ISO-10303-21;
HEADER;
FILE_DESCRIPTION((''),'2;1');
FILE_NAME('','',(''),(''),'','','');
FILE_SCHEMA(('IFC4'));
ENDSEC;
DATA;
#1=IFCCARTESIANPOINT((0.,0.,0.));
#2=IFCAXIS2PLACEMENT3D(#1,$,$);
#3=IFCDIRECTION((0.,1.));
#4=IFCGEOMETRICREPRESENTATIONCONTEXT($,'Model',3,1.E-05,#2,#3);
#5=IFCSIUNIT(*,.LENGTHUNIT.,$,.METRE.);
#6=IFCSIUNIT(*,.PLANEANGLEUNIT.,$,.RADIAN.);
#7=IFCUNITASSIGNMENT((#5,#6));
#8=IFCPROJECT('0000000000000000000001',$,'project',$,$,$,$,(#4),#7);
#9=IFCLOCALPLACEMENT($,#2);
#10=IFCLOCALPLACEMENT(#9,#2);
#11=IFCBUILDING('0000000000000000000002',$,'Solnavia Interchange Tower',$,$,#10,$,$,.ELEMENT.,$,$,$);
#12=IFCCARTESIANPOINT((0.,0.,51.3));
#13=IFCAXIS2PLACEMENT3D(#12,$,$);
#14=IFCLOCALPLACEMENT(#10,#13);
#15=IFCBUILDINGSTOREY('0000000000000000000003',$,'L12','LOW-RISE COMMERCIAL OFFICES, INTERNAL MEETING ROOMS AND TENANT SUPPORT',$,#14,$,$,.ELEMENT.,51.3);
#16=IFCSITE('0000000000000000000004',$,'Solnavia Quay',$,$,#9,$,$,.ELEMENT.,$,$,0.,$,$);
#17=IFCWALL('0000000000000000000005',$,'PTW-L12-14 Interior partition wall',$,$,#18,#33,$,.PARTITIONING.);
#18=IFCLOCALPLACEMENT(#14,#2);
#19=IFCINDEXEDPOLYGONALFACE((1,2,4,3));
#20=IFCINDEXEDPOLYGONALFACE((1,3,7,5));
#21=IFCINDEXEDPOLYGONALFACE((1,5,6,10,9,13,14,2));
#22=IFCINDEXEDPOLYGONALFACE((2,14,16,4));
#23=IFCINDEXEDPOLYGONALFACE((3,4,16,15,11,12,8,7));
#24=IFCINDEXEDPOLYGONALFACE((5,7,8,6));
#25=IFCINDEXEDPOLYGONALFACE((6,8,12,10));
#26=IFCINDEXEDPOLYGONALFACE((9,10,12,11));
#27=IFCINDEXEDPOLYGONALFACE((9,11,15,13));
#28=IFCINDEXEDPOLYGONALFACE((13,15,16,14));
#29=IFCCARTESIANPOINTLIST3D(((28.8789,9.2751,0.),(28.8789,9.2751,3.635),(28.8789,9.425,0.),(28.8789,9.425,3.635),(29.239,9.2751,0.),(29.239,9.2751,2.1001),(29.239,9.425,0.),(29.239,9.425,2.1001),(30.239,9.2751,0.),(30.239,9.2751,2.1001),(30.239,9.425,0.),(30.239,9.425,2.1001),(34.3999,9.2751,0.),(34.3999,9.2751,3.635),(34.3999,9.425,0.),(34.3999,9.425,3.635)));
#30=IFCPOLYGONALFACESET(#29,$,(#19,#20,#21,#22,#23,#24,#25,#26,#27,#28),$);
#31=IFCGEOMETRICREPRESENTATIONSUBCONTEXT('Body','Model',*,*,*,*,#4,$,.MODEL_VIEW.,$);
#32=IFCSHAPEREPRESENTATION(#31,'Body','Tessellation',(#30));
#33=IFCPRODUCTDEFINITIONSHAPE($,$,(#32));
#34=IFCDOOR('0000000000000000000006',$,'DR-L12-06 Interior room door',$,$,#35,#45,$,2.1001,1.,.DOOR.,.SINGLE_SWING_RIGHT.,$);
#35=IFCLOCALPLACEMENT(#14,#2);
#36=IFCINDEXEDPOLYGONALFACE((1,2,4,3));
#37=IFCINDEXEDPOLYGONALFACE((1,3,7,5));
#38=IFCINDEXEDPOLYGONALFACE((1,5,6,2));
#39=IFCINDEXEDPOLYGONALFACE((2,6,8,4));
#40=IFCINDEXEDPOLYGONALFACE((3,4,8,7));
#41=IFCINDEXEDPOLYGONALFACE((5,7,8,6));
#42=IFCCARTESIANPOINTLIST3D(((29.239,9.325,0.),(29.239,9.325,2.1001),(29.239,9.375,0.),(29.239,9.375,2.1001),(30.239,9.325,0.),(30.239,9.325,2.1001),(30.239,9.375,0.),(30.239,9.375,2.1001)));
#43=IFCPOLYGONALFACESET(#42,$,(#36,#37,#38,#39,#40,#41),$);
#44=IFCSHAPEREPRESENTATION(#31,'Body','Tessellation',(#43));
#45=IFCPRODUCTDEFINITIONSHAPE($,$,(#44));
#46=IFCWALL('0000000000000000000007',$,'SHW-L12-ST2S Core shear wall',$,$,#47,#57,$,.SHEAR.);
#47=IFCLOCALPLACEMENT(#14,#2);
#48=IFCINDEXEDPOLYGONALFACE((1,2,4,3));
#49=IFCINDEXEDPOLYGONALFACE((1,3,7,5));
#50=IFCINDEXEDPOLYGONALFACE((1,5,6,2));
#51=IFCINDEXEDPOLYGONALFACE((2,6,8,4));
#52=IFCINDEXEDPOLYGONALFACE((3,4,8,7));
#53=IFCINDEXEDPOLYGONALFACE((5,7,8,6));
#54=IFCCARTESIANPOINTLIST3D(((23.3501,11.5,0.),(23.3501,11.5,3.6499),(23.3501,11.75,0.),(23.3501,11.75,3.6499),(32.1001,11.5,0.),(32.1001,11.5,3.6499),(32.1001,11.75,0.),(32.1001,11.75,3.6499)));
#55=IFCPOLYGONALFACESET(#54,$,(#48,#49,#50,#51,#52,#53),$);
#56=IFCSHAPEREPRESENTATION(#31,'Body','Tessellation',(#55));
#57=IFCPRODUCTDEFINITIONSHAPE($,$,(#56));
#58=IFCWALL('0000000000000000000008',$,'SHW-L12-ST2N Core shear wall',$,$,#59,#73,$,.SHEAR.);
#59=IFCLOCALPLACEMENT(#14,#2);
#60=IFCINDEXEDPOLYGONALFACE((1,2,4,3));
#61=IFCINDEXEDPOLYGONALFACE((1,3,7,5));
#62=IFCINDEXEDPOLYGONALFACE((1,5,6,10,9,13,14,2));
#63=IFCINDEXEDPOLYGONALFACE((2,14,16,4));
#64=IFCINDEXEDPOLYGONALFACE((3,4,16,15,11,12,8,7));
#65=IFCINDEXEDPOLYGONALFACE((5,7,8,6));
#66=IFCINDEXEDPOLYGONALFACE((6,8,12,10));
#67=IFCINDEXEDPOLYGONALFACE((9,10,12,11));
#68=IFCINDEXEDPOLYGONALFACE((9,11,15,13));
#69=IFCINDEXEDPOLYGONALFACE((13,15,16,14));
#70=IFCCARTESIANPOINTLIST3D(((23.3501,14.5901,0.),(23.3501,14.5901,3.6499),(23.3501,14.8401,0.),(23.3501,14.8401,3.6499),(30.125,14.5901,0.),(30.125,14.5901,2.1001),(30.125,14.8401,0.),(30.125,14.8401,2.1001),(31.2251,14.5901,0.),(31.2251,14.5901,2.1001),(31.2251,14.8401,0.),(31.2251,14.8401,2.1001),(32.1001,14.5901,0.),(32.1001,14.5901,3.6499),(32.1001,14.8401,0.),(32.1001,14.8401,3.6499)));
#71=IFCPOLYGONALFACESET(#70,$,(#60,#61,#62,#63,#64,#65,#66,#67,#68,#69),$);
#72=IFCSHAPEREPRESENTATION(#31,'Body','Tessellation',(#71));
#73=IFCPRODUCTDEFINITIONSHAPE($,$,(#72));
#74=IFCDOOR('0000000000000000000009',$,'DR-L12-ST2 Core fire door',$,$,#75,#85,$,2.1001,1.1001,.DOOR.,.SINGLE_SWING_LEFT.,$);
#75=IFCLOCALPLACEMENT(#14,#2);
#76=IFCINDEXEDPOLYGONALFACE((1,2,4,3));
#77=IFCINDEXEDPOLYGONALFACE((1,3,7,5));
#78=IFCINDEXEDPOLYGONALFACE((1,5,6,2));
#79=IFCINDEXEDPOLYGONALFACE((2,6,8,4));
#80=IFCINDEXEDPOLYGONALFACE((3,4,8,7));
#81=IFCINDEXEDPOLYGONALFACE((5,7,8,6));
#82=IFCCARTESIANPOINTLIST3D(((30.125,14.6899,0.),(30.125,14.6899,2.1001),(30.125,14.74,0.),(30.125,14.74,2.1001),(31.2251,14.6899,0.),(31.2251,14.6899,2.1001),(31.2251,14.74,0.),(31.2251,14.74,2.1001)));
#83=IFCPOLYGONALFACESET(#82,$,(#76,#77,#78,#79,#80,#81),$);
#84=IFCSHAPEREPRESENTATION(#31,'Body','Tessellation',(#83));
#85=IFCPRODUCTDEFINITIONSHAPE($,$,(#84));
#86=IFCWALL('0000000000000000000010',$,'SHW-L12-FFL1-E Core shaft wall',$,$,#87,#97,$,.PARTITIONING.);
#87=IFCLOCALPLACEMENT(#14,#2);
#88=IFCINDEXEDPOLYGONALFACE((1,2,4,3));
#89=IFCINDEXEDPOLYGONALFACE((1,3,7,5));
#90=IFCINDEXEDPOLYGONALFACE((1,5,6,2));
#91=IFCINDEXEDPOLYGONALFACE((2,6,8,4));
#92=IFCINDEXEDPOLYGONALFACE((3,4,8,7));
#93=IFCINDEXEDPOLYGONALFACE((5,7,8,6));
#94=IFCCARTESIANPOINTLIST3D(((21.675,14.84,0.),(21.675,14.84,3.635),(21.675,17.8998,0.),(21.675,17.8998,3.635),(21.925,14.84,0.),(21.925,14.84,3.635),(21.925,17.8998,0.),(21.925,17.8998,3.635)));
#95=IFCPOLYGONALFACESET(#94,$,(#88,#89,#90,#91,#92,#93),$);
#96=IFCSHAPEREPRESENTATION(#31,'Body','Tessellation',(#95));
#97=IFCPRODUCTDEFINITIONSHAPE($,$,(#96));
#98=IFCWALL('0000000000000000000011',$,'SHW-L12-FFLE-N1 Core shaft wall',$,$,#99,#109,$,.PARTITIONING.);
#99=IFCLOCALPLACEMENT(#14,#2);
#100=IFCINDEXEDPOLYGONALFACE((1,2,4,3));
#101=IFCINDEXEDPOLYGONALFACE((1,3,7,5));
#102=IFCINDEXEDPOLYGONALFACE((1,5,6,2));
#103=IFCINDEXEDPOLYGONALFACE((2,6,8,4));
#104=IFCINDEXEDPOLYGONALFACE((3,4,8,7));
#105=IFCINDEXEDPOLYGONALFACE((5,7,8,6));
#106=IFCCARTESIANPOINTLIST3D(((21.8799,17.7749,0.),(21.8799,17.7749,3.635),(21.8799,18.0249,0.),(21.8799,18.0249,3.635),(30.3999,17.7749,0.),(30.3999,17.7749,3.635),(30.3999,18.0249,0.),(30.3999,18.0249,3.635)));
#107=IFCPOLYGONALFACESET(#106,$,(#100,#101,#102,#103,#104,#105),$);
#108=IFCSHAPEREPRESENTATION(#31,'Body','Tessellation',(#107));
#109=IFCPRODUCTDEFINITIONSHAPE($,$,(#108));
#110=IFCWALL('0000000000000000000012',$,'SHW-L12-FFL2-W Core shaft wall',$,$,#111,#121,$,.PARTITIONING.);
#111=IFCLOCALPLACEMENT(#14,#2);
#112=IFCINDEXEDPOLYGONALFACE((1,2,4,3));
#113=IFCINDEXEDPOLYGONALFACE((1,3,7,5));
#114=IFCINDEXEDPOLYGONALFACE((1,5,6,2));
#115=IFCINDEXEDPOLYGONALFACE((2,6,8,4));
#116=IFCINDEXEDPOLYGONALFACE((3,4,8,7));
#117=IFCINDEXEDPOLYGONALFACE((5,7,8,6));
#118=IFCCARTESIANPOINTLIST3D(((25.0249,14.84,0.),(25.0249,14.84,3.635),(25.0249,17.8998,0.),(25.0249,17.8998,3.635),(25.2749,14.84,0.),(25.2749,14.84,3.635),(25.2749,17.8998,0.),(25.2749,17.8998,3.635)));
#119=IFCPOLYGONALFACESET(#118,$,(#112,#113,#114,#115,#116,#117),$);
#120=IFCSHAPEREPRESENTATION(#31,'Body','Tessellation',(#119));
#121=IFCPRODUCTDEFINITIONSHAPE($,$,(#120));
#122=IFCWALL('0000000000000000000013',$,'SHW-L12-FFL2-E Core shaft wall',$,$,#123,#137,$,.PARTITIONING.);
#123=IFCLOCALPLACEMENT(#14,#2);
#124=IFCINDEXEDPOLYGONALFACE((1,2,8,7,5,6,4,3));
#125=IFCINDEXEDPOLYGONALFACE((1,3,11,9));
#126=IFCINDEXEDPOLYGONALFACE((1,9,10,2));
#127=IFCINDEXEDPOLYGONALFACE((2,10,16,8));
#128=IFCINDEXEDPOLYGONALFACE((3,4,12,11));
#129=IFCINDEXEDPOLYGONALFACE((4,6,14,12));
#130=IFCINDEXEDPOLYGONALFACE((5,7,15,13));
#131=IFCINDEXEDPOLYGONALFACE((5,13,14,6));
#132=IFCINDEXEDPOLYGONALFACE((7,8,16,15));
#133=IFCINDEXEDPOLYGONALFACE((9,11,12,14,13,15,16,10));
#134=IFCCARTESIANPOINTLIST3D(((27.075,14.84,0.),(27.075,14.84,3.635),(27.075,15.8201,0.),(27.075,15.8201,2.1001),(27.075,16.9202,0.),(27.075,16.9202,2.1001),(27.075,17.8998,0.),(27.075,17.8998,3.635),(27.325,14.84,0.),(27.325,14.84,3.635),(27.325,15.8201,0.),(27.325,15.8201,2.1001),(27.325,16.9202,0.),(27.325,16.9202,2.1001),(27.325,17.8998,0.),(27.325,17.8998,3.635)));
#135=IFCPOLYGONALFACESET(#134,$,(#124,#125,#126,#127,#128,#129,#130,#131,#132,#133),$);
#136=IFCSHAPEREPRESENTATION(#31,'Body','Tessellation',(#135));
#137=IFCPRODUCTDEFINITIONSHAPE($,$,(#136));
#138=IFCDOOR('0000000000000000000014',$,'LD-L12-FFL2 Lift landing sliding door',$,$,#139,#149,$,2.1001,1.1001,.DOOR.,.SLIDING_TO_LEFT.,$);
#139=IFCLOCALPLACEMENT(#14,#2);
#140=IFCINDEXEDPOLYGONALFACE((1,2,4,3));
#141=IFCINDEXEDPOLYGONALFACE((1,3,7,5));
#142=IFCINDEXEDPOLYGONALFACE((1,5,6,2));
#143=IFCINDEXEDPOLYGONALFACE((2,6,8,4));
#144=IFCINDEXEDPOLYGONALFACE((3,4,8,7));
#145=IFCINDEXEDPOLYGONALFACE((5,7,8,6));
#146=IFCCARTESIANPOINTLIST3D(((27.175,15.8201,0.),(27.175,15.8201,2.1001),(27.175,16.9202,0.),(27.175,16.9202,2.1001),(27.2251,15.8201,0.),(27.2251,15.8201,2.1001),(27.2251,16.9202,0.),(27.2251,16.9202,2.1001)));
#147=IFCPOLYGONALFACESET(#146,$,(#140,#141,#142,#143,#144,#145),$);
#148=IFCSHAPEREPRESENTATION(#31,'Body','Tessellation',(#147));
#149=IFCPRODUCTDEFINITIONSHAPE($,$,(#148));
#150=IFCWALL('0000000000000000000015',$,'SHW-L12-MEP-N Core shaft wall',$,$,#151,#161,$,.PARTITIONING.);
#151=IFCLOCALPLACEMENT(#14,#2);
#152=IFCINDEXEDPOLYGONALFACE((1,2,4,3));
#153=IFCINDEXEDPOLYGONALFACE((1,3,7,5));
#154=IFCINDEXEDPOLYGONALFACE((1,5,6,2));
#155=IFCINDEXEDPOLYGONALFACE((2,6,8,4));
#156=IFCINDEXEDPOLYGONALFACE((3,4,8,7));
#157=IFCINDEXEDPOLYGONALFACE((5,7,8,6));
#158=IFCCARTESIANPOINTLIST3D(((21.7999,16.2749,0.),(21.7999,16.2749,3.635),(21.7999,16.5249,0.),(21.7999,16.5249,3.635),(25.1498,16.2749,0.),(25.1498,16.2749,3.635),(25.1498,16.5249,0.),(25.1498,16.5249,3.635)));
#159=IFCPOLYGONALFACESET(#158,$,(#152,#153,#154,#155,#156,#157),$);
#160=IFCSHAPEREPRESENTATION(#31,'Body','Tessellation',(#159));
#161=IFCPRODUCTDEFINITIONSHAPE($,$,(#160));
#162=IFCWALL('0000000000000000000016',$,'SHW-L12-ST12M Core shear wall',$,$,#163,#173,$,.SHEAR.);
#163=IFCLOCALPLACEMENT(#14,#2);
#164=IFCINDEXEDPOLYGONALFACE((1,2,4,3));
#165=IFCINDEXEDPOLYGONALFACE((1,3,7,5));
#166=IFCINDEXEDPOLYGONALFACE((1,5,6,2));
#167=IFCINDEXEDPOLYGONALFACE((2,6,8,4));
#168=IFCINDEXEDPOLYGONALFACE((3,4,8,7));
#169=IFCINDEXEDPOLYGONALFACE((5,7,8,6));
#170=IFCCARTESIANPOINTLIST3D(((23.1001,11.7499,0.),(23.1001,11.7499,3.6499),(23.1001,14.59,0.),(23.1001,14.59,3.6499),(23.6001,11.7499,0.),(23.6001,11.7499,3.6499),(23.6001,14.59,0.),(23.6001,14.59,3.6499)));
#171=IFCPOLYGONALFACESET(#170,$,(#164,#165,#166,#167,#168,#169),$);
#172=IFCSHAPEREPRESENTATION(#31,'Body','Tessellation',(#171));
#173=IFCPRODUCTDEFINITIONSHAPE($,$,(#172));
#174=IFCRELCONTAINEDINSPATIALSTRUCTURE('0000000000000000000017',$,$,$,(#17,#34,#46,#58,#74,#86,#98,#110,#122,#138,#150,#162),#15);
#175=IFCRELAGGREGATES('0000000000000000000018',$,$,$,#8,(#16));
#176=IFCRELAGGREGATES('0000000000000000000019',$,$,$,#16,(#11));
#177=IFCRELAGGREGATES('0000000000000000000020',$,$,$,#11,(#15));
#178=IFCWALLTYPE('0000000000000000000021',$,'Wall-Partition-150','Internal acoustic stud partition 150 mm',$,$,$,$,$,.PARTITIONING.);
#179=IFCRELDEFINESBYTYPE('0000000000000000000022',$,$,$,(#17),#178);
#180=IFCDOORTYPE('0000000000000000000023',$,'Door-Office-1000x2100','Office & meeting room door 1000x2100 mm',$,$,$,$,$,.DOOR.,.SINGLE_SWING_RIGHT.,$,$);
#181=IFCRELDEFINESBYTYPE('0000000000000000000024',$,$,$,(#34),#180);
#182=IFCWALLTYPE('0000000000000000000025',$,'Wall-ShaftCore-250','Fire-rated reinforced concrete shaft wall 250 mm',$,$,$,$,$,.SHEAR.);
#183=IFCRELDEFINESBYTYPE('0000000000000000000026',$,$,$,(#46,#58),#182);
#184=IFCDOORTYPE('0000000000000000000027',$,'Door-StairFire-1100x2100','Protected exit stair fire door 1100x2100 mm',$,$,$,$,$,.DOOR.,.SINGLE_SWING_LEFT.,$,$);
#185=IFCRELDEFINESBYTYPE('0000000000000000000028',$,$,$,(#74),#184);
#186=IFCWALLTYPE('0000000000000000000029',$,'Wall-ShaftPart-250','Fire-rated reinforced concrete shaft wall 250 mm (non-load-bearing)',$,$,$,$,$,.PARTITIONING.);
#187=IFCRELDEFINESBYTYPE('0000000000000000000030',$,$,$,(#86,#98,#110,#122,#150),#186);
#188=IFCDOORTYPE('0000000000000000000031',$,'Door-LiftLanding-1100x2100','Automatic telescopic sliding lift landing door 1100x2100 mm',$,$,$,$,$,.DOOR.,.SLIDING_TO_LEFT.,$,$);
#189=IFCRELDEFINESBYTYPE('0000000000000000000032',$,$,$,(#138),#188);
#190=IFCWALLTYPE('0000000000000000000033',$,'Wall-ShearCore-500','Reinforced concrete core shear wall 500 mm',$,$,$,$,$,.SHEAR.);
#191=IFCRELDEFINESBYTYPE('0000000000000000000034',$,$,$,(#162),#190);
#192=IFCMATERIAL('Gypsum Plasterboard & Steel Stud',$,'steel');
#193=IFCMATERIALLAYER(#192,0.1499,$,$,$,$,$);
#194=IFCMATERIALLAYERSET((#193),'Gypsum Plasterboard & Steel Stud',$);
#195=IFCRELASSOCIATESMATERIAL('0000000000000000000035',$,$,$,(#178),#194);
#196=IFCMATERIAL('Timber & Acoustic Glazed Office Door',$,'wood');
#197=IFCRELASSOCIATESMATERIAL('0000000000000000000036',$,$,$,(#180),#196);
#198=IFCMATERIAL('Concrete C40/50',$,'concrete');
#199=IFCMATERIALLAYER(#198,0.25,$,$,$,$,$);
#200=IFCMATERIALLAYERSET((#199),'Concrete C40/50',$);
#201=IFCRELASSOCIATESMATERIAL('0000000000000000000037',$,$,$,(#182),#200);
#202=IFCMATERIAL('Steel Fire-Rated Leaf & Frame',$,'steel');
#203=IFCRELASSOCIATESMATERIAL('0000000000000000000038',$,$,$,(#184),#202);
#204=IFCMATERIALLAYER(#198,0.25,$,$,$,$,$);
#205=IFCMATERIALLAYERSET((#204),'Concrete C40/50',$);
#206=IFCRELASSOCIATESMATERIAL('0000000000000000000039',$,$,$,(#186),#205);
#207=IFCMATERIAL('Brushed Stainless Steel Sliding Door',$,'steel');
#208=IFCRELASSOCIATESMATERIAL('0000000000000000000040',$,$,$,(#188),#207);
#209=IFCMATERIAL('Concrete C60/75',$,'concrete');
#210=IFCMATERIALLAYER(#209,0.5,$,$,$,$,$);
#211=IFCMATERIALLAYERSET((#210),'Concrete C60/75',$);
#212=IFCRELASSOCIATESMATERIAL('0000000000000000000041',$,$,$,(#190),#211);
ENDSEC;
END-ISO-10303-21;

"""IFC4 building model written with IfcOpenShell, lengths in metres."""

from ifc_helpers import new_model, si_unit, direction, frame, frame_2d, origin, place, context, subcontext, project, spatial, rectangle, extrude, material, layer, layer_set, type_object, element, fill, save


model = new_model("IFC4")

# Units and contexts
model_context = context("Model", 3, precision=1e-05, world=origin(), true_north=direction((0.0, 1.0)))
body_context = subcontext(model_context, "Body", "Model", "MODEL_VIEW")
ifc_project = project(units=[si_unit("LENGTHUNIT", "METRE"), si_unit("PLANEANGLEUNIT", "RADIAN")], contexts=[model_context])

# Site, building, storey
site_placement = place(None, origin())
site = spatial("IfcSite", under=ifc_project, at=site_placement, Name="Solnavia Quay", CompositionType="ELEMENT", RefElevation=0.0)
building_placement = place(site_placement, origin())
building = spatial("IfcBuilding", under=site, at=building_placement, Name="Solnavia Interchange Tower", CompositionType="ELEMENT")
storey_placement = place(building_placement, frame((0.0, 0.0, 51.3)))
storey = spatial("IfcBuildingStorey", under=building, at=storey_placement, Name="L12", Description="LOW-RISE COMMERCIAL OFFICES, INTERNAL MEETING ROOMS AND TENANT SUPPORT", CompositionType="ELEMENT", Elevation=51.3)

# Shared definitions
ifc_material_1 = material(Name="Concrete C60/75", Category="concrete")

# Shared definitions
ifc_material_2 = material(Name="Concrete C40/50", Category="concrete")

# Shared definitions
ifc_material_3 = material(Name="Gypsum Plasterboard & Steel Stud", Category="steel")
ifc_layer_1 = layer(ifc_material_3, 0.1499)
ifc_layer_set_1 = layer_set([ifc_layer_1], Name="Gypsum Plasterboard & Steel Stud")
wall_type_1 = type_object("IfcWallType", Name="Wall-Partition-150", Description="Internal acoustic stud partition 150 mm", PredefinedType="PARTITIONING", material=ifc_layer_set_1)

# Wall, opening, door
wall_1_placement = place(storey_placement, frame((28.8789, 9.3501, 0.0), z_axis=(0.0, 0.0, 1.0), x_axis=(1.0, 0.0, 0.0)))
wall_1 = element("IfcWall", 1, at=wall_1_placement, inside=storey, type_object=wall_type_1, Name="PTW-L12-14 Interior partition wall", PredefinedType="PARTITIONING", context=body_context, shape_type="SweptSolid", body=[
    extrude(rectangle(XDim=5.521, YDim=0.1499, at=frame_2d((2.7605, 0.0))), origin(), (0.0, 0.0, 1.0), 3.635),
])
opening_1_placement = place(wall_1_placement, frame((0.3601, 0.0, 0.0)))
opening_1 = element("IfcOpeningElement", 2, at=opening_1_placement, cuts=wall_1, PredefinedType="OPENING", context=body_context, shape_type="SweptSolid", body=[
    extrude(rectangle(XDim=1.0, YDim=2.1001, at=frame_2d((0.5, 1.05))), frame((0.0, 0.085, 0.0), z_axis=(0.0, -1.0, 0.0), x_axis=(1.0, 0.0, 0.0)), (0.0, 0.0, 1.0), 0.1699),
])
ifc_material_4 = material(Name="Timber & Acoustic Glazed Office Door", Category="wood")
door_type_1 = type_object("IfcDoorType", Name="Door-Office-1000x2100", Description="Office & meeting room door 1000x2100 mm", OperationType="SINGLE_SWING_RIGHT", PredefinedType="DOOR", material=ifc_material_4)
door_1_placement = place(opening_1_placement, origin())
door_1 = element("IfcDoor", 3, at=door_1_placement, inside=storey, type_object=door_type_1, Name="DR-L12-06 Interior room door", OperationType="SINGLE_SWING_RIGHT", OverallHeight=2.1001, OverallWidth=1.0, PredefinedType="DOOR", context=body_context, shape_type="SweptSolid", body=[
    extrude(rectangle(XDim=1.0, YDim=2.1001, at=frame_2d((0.5, 1.05))), frame((0.0, 0.0249, 0.0), z_axis=(0.0, -1.0, 0.0), x_axis=(1.0, 0.0, 0.0)), (0.0, 0.0, 1.0), 0.05),
])
fill(opening_1, door_1)

# Wall
ifc_layer_2 = layer(ifc_material_2, 0.25)
ifc_layer_set_2 = layer_set([ifc_layer_2], Name="Concrete C40/50")
wall_type_2 = type_object("IfcWallType", Name="Wall-ShaftCore-250", Description="Fire-rated reinforced concrete shaft wall 250 mm", PredefinedType="SHEAR", material=ifc_layer_set_2)
wall_2_placement = place(storey_placement, frame((23.3501, 11.625, 0.0), z_axis=(0.0, 0.0, 1.0), x_axis=(1.0, 0.0, 0.0)))
element("IfcWall", 4, at=wall_2_placement, inside=storey, type_object=wall_type_2, Name="SHW-L12-ST2S Core shear wall", PredefinedType="SHEAR", context=body_context, shape_type="SweptSolid", body=[
    extrude(rectangle(XDim=8.75, YDim=0.25, at=frame_2d((4.375, 0.0))), origin(), (0.0, 0.0, 1.0), 3.6499),
])

# Wall, opening, door
wall_3_placement = place(storey_placement, frame((23.3501, 14.7151, 0.0), z_axis=(0.0, 0.0, 1.0), x_axis=(1.0, 0.0, 0.0)))
wall_3 = element("IfcWall", 5, at=wall_3_placement, inside=storey, type_object=wall_type_2, Name="SHW-L12-ST2N Core shear wall", PredefinedType="SHEAR", context=body_context, shape_type="SweptSolid", body=[
    extrude(rectangle(XDim=8.75, YDim=0.25, at=frame_2d((4.375, 0.0))), origin(), (0.0, 0.0, 1.0), 3.6499),
])
opening_2_placement = place(wall_3_placement, frame((6.7749, 0.0, 0.0)))
opening_2 = element("IfcOpeningElement", 6, at=opening_2_placement, cuts=wall_3, PredefinedType="OPENING", context=body_context, shape_type="SweptSolid", body=[
    extrude(rectangle(XDim=1.1001, YDim=2.1001, at=frame_2d((0.55, 1.05))), frame((0.0, 0.135, 0.0), z_axis=(0.0, -1.0, 0.0), x_axis=(1.0, 0.0, 0.0)), (0.0, 0.0, 1.0), 0.27),
])
ifc_material_5 = material(Name="Steel Fire-Rated Leaf & Frame", Category="steel")
door_type_2 = type_object("IfcDoorType", Name="Door-StairFire-1100x2100", Description="Protected exit stair fire door 1100x2100 mm", OperationType="SINGLE_SWING_LEFT", PredefinedType="DOOR", material=ifc_material_5)
door_2_placement = place(opening_2_placement, origin())
door_2 = element("IfcDoor", 7, at=door_2_placement, inside=storey, type_object=door_type_2, Name="DR-L12-ST2 Core fire door", OperationType="SINGLE_SWING_LEFT", OverallHeight=2.1001, OverallWidth=1.1001, PredefinedType="DOOR", context=body_context, shape_type="SweptSolid", body=[
    extrude(rectangle(XDim=1.1001, YDim=2.1001, at=frame_2d((0.55, 1.05))), frame((0.0, 0.0249, 0.0), z_axis=(0.0, -1.0, 0.0), x_axis=(1.0, 0.0, 0.0)), (0.0, 0.0, 1.0), 0.05),
])
fill(opening_2, door_2)

# Walls
ifc_layer_3 = layer(ifc_material_2, 0.25)
ifc_layer_set_3 = layer_set([ifc_layer_3], Name="Concrete C40/50")
wall_type_3 = type_object("IfcWallType", Name="Wall-ShaftPart-250", Description="Fire-rated reinforced concrete shaft wall 250 mm (non-load-bearing)", PredefinedType="PARTITIONING", material=ifc_layer_set_3)
wall_4_placement = place(storey_placement, frame((21.8, 14.8401, 0.0), z_axis=(0.0, 0.0, 1.0), x_axis=(0.0, 1.0, 0.0)))
element("IfcWall", 8, at=wall_4_placement, inside=storey, type_object=wall_type_3, Name="SHW-L12-FFL1-E Core shaft wall", PredefinedType="PARTITIONING", context=body_context, shape_type="SweptSolid", body=[
    extrude(rectangle(XDim=3.0598, YDim=0.25, at=frame_2d((1.5298, 0.0))), origin(), (0.0, 0.0, 1.0), 3.635),
])
wall_5_placement = place(storey_placement, frame((21.8799, 17.8999, 0.0), z_axis=(0.0, 0.0, 1.0), x_axis=(1.0, 0.0, 0.0)))
element("IfcWall", 9, at=wall_5_placement, inside=storey, type_object=wall_type_3, Name="SHW-L12-FFLE-N1 Core shaft wall", PredefinedType="PARTITIONING", context=body_context, shape_type="SweptSolid", body=[
    extrude(rectangle(XDim=8.52, YDim=0.25, at=frame_2d((4.26, 0.0))), origin(), (0.0, 0.0, 1.0), 3.635),
])
wall_6_placement = place(storey_placement, frame((25.1499, 14.8401, 0.0), z_axis=(0.0, 0.0, 1.0), x_axis=(0.0, 1.0, 0.0)))
element("IfcWall", 10, at=wall_6_placement, inside=storey, type_object=wall_type_3, Name="SHW-L12-FFL2-W Core shaft wall", PredefinedType="PARTITIONING", context=body_context, shape_type="SweptSolid", body=[
    extrude(rectangle(XDim=3.0598, YDim=0.25, at=frame_2d((1.5298, 0.0))), origin(), (0.0, 0.0, 1.0), 3.635),
])

# Wall, opening, door
wall_7_placement = place(storey_placement, frame((27.2, 14.8401, 0.0), z_axis=(0.0, 0.0, 1.0), x_axis=(0.0, 1.0, 0.0)))
wall_7 = element("IfcWall", 11, at=wall_7_placement, inside=storey, type_object=wall_type_3, Name="SHW-L12-FFL2-E Core shaft wall", PredefinedType="PARTITIONING", context=body_context, shape_type="SweptSolid", body=[
    extrude(rectangle(XDim=3.0598, YDim=0.25, at=frame_2d((1.5298, 0.0))), origin(), (0.0, 0.0, 1.0), 3.635),
])
opening_3_placement = place(wall_7_placement, frame((0.98, 0.0, 0.0)))
opening_3 = element("IfcOpeningElement", 12, at=opening_3_placement, cuts=wall_7, PredefinedType="OPENING", context=body_context, shape_type="SweptSolid", body=[
    extrude(rectangle(XDim=1.1001, YDim=2.1001, at=frame_2d((0.55, 1.05))), frame((0.0, 0.135, 0.0), z_axis=(0.0, -1.0, 0.0), x_axis=(1.0, 0.0, 0.0)), (0.0, 0.0, 1.0), 0.27),
])
ifc_material_6 = material(Name="Brushed Stainless Steel Sliding Door", Category="steel")
door_type_3 = type_object("IfcDoorType", Name="Door-LiftLanding-1100x2100", Description="Automatic telescopic sliding lift landing door 1100x2100 mm", OperationType="SLIDING_TO_LEFT", PredefinedType="DOOR", material=ifc_material_6)
door_3_placement = place(opening_3_placement, origin())
door_3 = element("IfcDoor", 13, at=door_3_placement, inside=storey, type_object=door_type_3, Name="LD-L12-FFL2 Lift landing sliding door", OperationType="SLIDING_TO_LEFT", OverallHeight=2.1001, OverallWidth=1.1001, PredefinedType="DOOR", context=body_context, shape_type="SweptSolid", body=[
    extrude(rectangle(XDim=1.1001, YDim=2.1001, at=frame_2d((0.55, 1.05))), frame((0.0, 0.0249, 0.0), z_axis=(0.0, -1.0, 0.0), x_axis=(1.0, 0.0, 0.0)), (0.0, 0.0, 1.0), 0.05),
])
fill(opening_3, door_3)

# Walls
wall_8_placement = place(storey_placement, frame((21.8, 16.3999, 0.0), z_axis=(0.0, 0.0, 1.0), x_axis=(1.0, 0.0, 0.0)))
element("IfcWall", 14, at=wall_8_placement, inside=storey, type_object=wall_type_3, Name="SHW-L12-MEP-N Core shaft wall", PredefinedType="PARTITIONING", context=body_context, shape_type="SweptSolid", body=[
    extrude(rectangle(XDim=3.3499, YDim=0.25, at=frame_2d((1.6748, 0.0))), origin(), (0.0, 0.0, 1.0), 3.635),
])
ifc_layer_4 = layer(ifc_material_1, 0.5)
ifc_layer_set_4 = layer_set([ifc_layer_4], Name="Concrete C60/75")
wall_type_4 = type_object("IfcWallType", Name="Wall-ShearCore-500", Description="Reinforced concrete core shear wall 500 mm", PredefinedType="SHEAR", material=ifc_layer_set_4)
wall_9_placement = place(storey_placement, frame((23.3501, 11.75, 0.0), z_axis=(0.0, 0.0, 1.0), x_axis=(0.0, 1.0, 0.0)))
element("IfcWall", 15, at=wall_9_placement, inside=storey, type_object=wall_type_4, Name="SHW-L12-ST12M Core shear wall", PredefinedType="SHEAR", context=body_context, shape_type="SweptSolid", body=[
    extrude(rectangle(XDim=2.8401, YDim=0.5, at=frame_2d((1.4199, 0.0))), origin(), (0.0, 0.0, 1.0), 3.6499),
])

save(model, "model.ifc")
